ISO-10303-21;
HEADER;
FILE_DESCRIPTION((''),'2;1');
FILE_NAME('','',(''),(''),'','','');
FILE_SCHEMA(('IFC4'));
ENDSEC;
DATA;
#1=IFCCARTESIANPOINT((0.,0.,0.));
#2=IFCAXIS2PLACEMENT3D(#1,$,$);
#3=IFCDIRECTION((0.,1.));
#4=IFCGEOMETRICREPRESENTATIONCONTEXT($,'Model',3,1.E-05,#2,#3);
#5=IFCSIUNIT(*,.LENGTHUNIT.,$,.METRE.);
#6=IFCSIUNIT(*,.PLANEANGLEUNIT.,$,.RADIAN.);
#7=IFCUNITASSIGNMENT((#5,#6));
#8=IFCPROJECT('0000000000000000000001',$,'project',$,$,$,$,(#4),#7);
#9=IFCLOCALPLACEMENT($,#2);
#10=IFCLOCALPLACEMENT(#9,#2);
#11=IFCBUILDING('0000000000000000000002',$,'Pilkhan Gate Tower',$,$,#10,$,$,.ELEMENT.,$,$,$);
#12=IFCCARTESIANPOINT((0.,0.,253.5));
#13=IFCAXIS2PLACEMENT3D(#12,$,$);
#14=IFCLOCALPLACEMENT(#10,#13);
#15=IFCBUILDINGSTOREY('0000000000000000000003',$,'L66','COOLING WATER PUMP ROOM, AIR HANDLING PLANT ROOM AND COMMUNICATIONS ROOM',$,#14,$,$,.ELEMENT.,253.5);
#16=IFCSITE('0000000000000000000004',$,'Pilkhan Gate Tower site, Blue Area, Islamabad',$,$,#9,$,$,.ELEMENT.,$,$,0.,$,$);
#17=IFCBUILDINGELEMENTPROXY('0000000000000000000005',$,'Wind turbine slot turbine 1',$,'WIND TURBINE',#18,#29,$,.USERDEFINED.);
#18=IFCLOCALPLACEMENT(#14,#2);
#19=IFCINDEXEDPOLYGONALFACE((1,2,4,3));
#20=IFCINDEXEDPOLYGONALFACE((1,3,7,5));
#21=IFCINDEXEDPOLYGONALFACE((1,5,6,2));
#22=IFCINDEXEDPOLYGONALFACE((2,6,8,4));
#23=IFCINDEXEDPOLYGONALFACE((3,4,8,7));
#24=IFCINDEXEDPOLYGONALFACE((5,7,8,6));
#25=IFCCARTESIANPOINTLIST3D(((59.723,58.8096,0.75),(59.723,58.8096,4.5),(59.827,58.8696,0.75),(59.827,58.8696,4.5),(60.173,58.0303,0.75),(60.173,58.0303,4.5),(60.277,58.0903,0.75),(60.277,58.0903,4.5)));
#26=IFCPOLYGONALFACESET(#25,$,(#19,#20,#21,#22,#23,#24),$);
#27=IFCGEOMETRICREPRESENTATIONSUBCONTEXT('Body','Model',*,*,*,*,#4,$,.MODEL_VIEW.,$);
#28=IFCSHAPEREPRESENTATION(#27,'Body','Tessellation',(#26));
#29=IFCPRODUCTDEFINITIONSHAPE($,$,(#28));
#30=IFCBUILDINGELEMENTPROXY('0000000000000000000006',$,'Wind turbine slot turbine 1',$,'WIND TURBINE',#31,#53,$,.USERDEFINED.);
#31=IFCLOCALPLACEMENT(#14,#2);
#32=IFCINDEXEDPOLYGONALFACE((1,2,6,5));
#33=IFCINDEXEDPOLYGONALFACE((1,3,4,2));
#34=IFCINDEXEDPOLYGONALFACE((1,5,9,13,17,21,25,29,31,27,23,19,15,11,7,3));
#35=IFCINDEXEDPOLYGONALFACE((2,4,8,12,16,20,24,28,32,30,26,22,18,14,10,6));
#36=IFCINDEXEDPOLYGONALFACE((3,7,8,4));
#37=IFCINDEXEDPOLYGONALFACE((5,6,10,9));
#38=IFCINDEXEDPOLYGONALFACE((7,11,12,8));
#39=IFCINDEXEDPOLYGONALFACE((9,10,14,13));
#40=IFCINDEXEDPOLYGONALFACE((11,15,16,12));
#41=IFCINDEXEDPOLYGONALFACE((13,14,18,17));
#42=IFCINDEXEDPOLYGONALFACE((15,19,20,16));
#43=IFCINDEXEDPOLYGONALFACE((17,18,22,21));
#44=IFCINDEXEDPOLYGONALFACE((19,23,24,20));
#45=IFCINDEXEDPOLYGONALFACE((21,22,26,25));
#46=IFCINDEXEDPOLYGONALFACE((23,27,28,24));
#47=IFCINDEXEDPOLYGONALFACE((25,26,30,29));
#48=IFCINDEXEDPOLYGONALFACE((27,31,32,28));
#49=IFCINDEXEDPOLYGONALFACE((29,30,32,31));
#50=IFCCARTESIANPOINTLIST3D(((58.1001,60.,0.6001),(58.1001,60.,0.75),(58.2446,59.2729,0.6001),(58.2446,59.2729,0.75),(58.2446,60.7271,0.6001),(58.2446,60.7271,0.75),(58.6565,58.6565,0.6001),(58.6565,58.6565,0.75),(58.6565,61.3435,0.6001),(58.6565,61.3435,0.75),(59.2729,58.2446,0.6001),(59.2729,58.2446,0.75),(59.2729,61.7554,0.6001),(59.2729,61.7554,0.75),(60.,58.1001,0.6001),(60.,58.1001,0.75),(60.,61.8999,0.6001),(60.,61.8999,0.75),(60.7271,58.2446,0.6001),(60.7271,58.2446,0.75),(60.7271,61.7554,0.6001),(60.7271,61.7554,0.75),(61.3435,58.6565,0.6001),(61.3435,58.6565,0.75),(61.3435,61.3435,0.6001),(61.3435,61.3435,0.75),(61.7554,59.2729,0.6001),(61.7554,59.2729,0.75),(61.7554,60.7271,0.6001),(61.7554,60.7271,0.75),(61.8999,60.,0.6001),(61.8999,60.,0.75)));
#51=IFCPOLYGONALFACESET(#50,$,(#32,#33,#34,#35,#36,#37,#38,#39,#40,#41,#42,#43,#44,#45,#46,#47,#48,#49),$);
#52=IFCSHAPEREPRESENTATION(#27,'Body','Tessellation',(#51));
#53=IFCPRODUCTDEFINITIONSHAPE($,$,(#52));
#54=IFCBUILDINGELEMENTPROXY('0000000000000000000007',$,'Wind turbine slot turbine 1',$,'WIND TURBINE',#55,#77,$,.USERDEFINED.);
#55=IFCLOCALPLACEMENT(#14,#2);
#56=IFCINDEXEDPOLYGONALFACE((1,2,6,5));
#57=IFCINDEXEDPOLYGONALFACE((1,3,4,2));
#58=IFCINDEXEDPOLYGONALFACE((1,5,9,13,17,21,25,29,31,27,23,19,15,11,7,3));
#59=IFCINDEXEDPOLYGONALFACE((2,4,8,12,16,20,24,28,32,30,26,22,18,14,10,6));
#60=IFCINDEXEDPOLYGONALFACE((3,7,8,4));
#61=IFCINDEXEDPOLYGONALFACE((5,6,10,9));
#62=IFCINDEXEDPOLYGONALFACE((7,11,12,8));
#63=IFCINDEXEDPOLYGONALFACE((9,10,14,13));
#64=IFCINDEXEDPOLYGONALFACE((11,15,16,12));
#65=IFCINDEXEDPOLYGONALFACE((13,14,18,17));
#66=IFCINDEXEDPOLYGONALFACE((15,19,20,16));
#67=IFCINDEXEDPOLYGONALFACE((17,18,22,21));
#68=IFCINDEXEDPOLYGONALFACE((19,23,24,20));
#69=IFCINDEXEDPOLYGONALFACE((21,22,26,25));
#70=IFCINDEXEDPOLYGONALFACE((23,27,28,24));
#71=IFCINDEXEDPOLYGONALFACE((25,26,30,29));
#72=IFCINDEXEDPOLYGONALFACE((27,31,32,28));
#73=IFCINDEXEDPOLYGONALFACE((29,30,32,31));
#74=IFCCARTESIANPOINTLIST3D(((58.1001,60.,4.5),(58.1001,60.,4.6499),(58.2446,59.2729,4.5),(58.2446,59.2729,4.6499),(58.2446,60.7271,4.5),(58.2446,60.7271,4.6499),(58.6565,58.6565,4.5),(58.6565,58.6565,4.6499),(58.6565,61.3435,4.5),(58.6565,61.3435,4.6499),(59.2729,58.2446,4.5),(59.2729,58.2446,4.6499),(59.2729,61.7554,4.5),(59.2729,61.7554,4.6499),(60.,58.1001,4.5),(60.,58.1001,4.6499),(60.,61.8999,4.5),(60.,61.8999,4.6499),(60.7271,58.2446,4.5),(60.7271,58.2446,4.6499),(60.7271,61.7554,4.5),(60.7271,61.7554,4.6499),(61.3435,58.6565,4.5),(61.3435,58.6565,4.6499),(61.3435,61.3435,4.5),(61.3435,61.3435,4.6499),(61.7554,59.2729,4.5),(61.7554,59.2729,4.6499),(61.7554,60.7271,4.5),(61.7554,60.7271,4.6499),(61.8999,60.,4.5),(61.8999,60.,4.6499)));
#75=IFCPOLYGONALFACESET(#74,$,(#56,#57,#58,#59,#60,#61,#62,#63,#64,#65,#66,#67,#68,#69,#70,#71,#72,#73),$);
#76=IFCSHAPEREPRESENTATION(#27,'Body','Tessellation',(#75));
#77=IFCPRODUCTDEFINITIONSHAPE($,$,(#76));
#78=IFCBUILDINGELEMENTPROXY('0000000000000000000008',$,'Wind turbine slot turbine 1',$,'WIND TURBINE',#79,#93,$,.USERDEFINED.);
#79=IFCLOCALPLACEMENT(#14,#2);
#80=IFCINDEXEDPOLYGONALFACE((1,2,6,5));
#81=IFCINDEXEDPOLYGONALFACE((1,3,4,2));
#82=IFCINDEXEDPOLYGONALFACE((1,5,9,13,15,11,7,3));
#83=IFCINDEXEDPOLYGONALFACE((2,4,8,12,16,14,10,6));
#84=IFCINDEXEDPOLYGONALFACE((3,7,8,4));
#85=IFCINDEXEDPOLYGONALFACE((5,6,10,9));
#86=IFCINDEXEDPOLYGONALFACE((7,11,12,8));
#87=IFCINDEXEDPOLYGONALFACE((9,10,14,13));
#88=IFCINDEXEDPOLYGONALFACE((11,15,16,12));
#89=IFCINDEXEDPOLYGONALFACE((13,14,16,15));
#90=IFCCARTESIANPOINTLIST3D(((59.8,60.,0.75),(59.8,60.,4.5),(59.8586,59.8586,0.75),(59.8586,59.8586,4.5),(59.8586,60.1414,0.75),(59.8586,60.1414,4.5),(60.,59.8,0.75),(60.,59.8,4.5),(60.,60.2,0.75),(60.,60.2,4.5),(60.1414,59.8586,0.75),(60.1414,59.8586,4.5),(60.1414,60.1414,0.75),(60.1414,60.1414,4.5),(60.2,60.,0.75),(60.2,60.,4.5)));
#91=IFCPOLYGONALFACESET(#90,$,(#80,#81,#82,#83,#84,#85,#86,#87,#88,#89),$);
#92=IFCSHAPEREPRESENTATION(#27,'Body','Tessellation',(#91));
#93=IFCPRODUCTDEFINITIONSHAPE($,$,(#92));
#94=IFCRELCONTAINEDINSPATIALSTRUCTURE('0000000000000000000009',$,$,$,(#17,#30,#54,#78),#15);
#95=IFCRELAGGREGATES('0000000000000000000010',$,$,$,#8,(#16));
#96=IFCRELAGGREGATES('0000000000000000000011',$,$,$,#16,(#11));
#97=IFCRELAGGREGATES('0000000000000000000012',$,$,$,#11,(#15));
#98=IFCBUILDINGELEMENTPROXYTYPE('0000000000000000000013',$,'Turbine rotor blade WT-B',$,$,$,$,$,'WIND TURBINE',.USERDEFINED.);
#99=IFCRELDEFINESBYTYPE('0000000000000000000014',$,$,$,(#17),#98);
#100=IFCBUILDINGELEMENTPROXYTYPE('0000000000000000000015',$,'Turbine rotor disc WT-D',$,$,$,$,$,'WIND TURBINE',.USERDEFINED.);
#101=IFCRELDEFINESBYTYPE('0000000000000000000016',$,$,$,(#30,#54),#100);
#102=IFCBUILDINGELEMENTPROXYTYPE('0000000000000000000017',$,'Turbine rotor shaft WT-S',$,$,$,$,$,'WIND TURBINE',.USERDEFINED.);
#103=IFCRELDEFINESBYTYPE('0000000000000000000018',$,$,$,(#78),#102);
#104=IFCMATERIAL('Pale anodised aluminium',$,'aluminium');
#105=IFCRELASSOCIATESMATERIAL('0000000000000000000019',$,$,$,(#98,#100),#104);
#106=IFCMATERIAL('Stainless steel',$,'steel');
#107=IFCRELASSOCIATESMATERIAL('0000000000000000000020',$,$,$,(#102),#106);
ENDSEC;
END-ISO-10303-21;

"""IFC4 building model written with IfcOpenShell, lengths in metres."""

from ifc_helpers import new_model, si_unit, direction, frame, origin, origin_2d, place, context, subcontext, project, spatial, polyline, rectangle, outline, extrude, material, material_profile, profile_set, type_object, element, save


model = new_model("IFC4")

# Units and contexts
model_context = context("Model", 3, precision=1e-05, world=origin(), true_north=direction((0.0, 1.0)))
body_context = subcontext(model_context, "Body", "Model", "MODEL_VIEW")
ifc_project = project(units=[si_unit("LENGTHUNIT", "METRE"), si_unit("PLANEANGLEUNIT", "RADIAN")], contexts=[model_context])

# Site, building, storey
site_placement = place(None, origin())
site = spatial("IfcSite", under=ifc_project, at=site_placement, Name="Pilkhan Gate Tower site, Blue Area, Islamabad", CompositionType="ELEMENT", RefElevation=0.0)
building_placement = place(site_placement, origin())
building = spatial("IfcBuilding", under=site, at=building_placement, Name="Pilkhan Gate Tower", CompositionType="ELEMENT")
storey_placement = place(building_placement, frame((0.0, 0.0, 253.5)))
storey = spatial("IfcBuildingStorey", under=building, at=storey_placement, Name="L66", Description="COOLING WATER PUMP ROOM, AIR HANDLING PLANT ROOM AND COMMUNICATIONS ROOM", CompositionType="ELEMENT", Elevation=253.5)

# Building element proxies
ifc_material_1 = material(Name="Pale anodised aluminium", Category="aluminium")
ifc_material_profile_1 = material_profile(ifc_material_1, rectangle(XDim=0.8999, YDim=0.1201, at=origin_2d()), Name="Blade 900x120")
ifc_profile_set_1 = profile_set([ifc_material_profile_1], Name="Pale anodised aluminium")
building_element_proxy_type_1 = type_object("IfcBuildingElementProxyType", Name="Turbine rotor blade WT-B", ElementType="WIND TURBINE", PredefinedType="USERDEFINED", material=ifc_profile_set_1)
for number, where, z_axis, x_axis, name in (
    (1, (60.0, 58.45, 0.75), (0.0, 0.0, 1.0), (0.5, -0.866025, 0.0), "Wind turbine slot turbine 1"),
):
    element("IfcBuildingElementProxy", number, at=place(storey_placement, frame(where, z_axis=z_axis, x_axis=x_axis)), inside=storey, type_object=building_element_proxy_type_1, Name=name, ObjectType="WIND TURBINE", PredefinedType="USERDEFINED", context=body_context, shape_type="SweptSolid", body=[
        extrude(rectangle(XDim=0.8999, YDim=0.1201, at=origin_2d()), origin(), (0.0, 0.0, 1.0), 3.75),
    ])
ifc_material_profile_2 = material_profile(ifc_material_1, outline(polyline([(1.8999, 0.0), (1.7554, 0.7271), (1.3435, 1.3435), (0.7271, 1.7554), (0.0, 1.8999), (-0.7271, 1.7554), (-1.3435, 1.3435), (-1.7554, 0.7271), (-1.8999, 0.0), (-1.7554, -0.7271), (-1.3435, -1.3435), (-0.7271, -1.7554), (0.0, -1.8999), (0.7271, -1.7554), (1.3435, -1.3435), (1.7554, -0.7271), (1.8999, 0.0)])), Name="Rotor disc D3.8")
ifc_profile_set_2 = profile_set([ifc_material_profile_2], Name="Pale anodised aluminium")
building_element_proxy_type_2 = type_object("IfcBuildingElementProxyType", Name="Turbine rotor disc WT-D", ElementType="WIND TURBINE", PredefinedType="USERDEFINED", material=ifc_profile_set_2)
for number, where, z_axis, x_axis, name in (
    (2, (60.0, 60.0, 0.6001), (0.0, 0.0, 1.0), (1.0, 0.0, 0.0), "Wind turbine slot turbine 1"),
    (3, (60.0, 60.0, 4.5), (0.0, 0.0, 1.0), (1.0, 0.0, 0.0), "Wind turbine slot turbine 1"),
):
    element("IfcBuildingElementProxy", number, at=place(storey_placement, frame(where, z_axis=z_axis, x_axis=x_axis)), inside=storey, type_object=building_element_proxy_type_2, Name=name, ObjectType="WIND TURBINE", PredefinedType="USERDEFINED", context=body_context, shape_type="SweptSolid", body=[
        extrude(outline(polyline([(1.8999, 0.0), (1.7554, 0.7271), (1.3435, 1.3435), (0.7271, 1.7554), (0.0, 1.8999), (-0.7271, 1.7554), (-1.3435, 1.3435), (-1.7554, 0.7271), (-1.8999, 0.0), (-1.7554, -0.7271), (-1.3435, -1.3435), (-0.7271, -1.7554), (0.0, -1.8999), (0.7271, -1.7554), (1.3435, -1.3435), (1.7554, -0.7271), (1.8999, 0.0)])), origin(), (0.0, 0.0, 1.0), 0.1499),
    ])
ifc_material_2 = material(Name="Stainless steel", Category="steel")
ifc_material_profile_3 = material_profile(ifc_material_2, outline(polyline([(0.2, 0.0), (0.1414, 0.1414), (0.0, 0.2), (-0.1414, 0.1414), (-0.2, 0.0), (-0.1414, -0.1414), (0.0, -0.2), (0.1414, -0.1414), (0.2, 0.0)])), Name="Shaft D0.4")
ifc_profile_set_3 = profile_set([ifc_material_profile_3], Name="Stainless steel")
building_element_proxy_type_3 = type_object("IfcBuildingElementProxyType", Name="Turbine rotor shaft WT-S", ElementType="WIND TURBINE", PredefinedType="USERDEFINED", material=ifc_profile_set_3)
proxy_placement = place(storey_placement, frame((60.0, 60.0, 0.75), z_axis=(0.0, 0.0, 1.0), x_axis=(1.0, 0.0, 0.0)))
element("IfcBuildingElementProxy", 4, at=proxy_placement, inside=storey, type_object=building_element_proxy_type_3, Name="Wind turbine slot turbine 1", ObjectType="WIND TURBINE", PredefinedType="USERDEFINED", context=body_context, shape_type="SweptSolid", body=[
    extrude(outline(polyline([(0.2, 0.0), (0.1414, 0.1414), (0.0, 0.2), (-0.1414, 0.1414), (-0.2, 0.0), (-0.1414, -0.1414), (0.0, -0.2), (0.1414, -0.1414), (0.2, 0.0)])), origin(), (0.0, 0.0, 1.0), 3.75),
])

save(model, "model.ifc")
